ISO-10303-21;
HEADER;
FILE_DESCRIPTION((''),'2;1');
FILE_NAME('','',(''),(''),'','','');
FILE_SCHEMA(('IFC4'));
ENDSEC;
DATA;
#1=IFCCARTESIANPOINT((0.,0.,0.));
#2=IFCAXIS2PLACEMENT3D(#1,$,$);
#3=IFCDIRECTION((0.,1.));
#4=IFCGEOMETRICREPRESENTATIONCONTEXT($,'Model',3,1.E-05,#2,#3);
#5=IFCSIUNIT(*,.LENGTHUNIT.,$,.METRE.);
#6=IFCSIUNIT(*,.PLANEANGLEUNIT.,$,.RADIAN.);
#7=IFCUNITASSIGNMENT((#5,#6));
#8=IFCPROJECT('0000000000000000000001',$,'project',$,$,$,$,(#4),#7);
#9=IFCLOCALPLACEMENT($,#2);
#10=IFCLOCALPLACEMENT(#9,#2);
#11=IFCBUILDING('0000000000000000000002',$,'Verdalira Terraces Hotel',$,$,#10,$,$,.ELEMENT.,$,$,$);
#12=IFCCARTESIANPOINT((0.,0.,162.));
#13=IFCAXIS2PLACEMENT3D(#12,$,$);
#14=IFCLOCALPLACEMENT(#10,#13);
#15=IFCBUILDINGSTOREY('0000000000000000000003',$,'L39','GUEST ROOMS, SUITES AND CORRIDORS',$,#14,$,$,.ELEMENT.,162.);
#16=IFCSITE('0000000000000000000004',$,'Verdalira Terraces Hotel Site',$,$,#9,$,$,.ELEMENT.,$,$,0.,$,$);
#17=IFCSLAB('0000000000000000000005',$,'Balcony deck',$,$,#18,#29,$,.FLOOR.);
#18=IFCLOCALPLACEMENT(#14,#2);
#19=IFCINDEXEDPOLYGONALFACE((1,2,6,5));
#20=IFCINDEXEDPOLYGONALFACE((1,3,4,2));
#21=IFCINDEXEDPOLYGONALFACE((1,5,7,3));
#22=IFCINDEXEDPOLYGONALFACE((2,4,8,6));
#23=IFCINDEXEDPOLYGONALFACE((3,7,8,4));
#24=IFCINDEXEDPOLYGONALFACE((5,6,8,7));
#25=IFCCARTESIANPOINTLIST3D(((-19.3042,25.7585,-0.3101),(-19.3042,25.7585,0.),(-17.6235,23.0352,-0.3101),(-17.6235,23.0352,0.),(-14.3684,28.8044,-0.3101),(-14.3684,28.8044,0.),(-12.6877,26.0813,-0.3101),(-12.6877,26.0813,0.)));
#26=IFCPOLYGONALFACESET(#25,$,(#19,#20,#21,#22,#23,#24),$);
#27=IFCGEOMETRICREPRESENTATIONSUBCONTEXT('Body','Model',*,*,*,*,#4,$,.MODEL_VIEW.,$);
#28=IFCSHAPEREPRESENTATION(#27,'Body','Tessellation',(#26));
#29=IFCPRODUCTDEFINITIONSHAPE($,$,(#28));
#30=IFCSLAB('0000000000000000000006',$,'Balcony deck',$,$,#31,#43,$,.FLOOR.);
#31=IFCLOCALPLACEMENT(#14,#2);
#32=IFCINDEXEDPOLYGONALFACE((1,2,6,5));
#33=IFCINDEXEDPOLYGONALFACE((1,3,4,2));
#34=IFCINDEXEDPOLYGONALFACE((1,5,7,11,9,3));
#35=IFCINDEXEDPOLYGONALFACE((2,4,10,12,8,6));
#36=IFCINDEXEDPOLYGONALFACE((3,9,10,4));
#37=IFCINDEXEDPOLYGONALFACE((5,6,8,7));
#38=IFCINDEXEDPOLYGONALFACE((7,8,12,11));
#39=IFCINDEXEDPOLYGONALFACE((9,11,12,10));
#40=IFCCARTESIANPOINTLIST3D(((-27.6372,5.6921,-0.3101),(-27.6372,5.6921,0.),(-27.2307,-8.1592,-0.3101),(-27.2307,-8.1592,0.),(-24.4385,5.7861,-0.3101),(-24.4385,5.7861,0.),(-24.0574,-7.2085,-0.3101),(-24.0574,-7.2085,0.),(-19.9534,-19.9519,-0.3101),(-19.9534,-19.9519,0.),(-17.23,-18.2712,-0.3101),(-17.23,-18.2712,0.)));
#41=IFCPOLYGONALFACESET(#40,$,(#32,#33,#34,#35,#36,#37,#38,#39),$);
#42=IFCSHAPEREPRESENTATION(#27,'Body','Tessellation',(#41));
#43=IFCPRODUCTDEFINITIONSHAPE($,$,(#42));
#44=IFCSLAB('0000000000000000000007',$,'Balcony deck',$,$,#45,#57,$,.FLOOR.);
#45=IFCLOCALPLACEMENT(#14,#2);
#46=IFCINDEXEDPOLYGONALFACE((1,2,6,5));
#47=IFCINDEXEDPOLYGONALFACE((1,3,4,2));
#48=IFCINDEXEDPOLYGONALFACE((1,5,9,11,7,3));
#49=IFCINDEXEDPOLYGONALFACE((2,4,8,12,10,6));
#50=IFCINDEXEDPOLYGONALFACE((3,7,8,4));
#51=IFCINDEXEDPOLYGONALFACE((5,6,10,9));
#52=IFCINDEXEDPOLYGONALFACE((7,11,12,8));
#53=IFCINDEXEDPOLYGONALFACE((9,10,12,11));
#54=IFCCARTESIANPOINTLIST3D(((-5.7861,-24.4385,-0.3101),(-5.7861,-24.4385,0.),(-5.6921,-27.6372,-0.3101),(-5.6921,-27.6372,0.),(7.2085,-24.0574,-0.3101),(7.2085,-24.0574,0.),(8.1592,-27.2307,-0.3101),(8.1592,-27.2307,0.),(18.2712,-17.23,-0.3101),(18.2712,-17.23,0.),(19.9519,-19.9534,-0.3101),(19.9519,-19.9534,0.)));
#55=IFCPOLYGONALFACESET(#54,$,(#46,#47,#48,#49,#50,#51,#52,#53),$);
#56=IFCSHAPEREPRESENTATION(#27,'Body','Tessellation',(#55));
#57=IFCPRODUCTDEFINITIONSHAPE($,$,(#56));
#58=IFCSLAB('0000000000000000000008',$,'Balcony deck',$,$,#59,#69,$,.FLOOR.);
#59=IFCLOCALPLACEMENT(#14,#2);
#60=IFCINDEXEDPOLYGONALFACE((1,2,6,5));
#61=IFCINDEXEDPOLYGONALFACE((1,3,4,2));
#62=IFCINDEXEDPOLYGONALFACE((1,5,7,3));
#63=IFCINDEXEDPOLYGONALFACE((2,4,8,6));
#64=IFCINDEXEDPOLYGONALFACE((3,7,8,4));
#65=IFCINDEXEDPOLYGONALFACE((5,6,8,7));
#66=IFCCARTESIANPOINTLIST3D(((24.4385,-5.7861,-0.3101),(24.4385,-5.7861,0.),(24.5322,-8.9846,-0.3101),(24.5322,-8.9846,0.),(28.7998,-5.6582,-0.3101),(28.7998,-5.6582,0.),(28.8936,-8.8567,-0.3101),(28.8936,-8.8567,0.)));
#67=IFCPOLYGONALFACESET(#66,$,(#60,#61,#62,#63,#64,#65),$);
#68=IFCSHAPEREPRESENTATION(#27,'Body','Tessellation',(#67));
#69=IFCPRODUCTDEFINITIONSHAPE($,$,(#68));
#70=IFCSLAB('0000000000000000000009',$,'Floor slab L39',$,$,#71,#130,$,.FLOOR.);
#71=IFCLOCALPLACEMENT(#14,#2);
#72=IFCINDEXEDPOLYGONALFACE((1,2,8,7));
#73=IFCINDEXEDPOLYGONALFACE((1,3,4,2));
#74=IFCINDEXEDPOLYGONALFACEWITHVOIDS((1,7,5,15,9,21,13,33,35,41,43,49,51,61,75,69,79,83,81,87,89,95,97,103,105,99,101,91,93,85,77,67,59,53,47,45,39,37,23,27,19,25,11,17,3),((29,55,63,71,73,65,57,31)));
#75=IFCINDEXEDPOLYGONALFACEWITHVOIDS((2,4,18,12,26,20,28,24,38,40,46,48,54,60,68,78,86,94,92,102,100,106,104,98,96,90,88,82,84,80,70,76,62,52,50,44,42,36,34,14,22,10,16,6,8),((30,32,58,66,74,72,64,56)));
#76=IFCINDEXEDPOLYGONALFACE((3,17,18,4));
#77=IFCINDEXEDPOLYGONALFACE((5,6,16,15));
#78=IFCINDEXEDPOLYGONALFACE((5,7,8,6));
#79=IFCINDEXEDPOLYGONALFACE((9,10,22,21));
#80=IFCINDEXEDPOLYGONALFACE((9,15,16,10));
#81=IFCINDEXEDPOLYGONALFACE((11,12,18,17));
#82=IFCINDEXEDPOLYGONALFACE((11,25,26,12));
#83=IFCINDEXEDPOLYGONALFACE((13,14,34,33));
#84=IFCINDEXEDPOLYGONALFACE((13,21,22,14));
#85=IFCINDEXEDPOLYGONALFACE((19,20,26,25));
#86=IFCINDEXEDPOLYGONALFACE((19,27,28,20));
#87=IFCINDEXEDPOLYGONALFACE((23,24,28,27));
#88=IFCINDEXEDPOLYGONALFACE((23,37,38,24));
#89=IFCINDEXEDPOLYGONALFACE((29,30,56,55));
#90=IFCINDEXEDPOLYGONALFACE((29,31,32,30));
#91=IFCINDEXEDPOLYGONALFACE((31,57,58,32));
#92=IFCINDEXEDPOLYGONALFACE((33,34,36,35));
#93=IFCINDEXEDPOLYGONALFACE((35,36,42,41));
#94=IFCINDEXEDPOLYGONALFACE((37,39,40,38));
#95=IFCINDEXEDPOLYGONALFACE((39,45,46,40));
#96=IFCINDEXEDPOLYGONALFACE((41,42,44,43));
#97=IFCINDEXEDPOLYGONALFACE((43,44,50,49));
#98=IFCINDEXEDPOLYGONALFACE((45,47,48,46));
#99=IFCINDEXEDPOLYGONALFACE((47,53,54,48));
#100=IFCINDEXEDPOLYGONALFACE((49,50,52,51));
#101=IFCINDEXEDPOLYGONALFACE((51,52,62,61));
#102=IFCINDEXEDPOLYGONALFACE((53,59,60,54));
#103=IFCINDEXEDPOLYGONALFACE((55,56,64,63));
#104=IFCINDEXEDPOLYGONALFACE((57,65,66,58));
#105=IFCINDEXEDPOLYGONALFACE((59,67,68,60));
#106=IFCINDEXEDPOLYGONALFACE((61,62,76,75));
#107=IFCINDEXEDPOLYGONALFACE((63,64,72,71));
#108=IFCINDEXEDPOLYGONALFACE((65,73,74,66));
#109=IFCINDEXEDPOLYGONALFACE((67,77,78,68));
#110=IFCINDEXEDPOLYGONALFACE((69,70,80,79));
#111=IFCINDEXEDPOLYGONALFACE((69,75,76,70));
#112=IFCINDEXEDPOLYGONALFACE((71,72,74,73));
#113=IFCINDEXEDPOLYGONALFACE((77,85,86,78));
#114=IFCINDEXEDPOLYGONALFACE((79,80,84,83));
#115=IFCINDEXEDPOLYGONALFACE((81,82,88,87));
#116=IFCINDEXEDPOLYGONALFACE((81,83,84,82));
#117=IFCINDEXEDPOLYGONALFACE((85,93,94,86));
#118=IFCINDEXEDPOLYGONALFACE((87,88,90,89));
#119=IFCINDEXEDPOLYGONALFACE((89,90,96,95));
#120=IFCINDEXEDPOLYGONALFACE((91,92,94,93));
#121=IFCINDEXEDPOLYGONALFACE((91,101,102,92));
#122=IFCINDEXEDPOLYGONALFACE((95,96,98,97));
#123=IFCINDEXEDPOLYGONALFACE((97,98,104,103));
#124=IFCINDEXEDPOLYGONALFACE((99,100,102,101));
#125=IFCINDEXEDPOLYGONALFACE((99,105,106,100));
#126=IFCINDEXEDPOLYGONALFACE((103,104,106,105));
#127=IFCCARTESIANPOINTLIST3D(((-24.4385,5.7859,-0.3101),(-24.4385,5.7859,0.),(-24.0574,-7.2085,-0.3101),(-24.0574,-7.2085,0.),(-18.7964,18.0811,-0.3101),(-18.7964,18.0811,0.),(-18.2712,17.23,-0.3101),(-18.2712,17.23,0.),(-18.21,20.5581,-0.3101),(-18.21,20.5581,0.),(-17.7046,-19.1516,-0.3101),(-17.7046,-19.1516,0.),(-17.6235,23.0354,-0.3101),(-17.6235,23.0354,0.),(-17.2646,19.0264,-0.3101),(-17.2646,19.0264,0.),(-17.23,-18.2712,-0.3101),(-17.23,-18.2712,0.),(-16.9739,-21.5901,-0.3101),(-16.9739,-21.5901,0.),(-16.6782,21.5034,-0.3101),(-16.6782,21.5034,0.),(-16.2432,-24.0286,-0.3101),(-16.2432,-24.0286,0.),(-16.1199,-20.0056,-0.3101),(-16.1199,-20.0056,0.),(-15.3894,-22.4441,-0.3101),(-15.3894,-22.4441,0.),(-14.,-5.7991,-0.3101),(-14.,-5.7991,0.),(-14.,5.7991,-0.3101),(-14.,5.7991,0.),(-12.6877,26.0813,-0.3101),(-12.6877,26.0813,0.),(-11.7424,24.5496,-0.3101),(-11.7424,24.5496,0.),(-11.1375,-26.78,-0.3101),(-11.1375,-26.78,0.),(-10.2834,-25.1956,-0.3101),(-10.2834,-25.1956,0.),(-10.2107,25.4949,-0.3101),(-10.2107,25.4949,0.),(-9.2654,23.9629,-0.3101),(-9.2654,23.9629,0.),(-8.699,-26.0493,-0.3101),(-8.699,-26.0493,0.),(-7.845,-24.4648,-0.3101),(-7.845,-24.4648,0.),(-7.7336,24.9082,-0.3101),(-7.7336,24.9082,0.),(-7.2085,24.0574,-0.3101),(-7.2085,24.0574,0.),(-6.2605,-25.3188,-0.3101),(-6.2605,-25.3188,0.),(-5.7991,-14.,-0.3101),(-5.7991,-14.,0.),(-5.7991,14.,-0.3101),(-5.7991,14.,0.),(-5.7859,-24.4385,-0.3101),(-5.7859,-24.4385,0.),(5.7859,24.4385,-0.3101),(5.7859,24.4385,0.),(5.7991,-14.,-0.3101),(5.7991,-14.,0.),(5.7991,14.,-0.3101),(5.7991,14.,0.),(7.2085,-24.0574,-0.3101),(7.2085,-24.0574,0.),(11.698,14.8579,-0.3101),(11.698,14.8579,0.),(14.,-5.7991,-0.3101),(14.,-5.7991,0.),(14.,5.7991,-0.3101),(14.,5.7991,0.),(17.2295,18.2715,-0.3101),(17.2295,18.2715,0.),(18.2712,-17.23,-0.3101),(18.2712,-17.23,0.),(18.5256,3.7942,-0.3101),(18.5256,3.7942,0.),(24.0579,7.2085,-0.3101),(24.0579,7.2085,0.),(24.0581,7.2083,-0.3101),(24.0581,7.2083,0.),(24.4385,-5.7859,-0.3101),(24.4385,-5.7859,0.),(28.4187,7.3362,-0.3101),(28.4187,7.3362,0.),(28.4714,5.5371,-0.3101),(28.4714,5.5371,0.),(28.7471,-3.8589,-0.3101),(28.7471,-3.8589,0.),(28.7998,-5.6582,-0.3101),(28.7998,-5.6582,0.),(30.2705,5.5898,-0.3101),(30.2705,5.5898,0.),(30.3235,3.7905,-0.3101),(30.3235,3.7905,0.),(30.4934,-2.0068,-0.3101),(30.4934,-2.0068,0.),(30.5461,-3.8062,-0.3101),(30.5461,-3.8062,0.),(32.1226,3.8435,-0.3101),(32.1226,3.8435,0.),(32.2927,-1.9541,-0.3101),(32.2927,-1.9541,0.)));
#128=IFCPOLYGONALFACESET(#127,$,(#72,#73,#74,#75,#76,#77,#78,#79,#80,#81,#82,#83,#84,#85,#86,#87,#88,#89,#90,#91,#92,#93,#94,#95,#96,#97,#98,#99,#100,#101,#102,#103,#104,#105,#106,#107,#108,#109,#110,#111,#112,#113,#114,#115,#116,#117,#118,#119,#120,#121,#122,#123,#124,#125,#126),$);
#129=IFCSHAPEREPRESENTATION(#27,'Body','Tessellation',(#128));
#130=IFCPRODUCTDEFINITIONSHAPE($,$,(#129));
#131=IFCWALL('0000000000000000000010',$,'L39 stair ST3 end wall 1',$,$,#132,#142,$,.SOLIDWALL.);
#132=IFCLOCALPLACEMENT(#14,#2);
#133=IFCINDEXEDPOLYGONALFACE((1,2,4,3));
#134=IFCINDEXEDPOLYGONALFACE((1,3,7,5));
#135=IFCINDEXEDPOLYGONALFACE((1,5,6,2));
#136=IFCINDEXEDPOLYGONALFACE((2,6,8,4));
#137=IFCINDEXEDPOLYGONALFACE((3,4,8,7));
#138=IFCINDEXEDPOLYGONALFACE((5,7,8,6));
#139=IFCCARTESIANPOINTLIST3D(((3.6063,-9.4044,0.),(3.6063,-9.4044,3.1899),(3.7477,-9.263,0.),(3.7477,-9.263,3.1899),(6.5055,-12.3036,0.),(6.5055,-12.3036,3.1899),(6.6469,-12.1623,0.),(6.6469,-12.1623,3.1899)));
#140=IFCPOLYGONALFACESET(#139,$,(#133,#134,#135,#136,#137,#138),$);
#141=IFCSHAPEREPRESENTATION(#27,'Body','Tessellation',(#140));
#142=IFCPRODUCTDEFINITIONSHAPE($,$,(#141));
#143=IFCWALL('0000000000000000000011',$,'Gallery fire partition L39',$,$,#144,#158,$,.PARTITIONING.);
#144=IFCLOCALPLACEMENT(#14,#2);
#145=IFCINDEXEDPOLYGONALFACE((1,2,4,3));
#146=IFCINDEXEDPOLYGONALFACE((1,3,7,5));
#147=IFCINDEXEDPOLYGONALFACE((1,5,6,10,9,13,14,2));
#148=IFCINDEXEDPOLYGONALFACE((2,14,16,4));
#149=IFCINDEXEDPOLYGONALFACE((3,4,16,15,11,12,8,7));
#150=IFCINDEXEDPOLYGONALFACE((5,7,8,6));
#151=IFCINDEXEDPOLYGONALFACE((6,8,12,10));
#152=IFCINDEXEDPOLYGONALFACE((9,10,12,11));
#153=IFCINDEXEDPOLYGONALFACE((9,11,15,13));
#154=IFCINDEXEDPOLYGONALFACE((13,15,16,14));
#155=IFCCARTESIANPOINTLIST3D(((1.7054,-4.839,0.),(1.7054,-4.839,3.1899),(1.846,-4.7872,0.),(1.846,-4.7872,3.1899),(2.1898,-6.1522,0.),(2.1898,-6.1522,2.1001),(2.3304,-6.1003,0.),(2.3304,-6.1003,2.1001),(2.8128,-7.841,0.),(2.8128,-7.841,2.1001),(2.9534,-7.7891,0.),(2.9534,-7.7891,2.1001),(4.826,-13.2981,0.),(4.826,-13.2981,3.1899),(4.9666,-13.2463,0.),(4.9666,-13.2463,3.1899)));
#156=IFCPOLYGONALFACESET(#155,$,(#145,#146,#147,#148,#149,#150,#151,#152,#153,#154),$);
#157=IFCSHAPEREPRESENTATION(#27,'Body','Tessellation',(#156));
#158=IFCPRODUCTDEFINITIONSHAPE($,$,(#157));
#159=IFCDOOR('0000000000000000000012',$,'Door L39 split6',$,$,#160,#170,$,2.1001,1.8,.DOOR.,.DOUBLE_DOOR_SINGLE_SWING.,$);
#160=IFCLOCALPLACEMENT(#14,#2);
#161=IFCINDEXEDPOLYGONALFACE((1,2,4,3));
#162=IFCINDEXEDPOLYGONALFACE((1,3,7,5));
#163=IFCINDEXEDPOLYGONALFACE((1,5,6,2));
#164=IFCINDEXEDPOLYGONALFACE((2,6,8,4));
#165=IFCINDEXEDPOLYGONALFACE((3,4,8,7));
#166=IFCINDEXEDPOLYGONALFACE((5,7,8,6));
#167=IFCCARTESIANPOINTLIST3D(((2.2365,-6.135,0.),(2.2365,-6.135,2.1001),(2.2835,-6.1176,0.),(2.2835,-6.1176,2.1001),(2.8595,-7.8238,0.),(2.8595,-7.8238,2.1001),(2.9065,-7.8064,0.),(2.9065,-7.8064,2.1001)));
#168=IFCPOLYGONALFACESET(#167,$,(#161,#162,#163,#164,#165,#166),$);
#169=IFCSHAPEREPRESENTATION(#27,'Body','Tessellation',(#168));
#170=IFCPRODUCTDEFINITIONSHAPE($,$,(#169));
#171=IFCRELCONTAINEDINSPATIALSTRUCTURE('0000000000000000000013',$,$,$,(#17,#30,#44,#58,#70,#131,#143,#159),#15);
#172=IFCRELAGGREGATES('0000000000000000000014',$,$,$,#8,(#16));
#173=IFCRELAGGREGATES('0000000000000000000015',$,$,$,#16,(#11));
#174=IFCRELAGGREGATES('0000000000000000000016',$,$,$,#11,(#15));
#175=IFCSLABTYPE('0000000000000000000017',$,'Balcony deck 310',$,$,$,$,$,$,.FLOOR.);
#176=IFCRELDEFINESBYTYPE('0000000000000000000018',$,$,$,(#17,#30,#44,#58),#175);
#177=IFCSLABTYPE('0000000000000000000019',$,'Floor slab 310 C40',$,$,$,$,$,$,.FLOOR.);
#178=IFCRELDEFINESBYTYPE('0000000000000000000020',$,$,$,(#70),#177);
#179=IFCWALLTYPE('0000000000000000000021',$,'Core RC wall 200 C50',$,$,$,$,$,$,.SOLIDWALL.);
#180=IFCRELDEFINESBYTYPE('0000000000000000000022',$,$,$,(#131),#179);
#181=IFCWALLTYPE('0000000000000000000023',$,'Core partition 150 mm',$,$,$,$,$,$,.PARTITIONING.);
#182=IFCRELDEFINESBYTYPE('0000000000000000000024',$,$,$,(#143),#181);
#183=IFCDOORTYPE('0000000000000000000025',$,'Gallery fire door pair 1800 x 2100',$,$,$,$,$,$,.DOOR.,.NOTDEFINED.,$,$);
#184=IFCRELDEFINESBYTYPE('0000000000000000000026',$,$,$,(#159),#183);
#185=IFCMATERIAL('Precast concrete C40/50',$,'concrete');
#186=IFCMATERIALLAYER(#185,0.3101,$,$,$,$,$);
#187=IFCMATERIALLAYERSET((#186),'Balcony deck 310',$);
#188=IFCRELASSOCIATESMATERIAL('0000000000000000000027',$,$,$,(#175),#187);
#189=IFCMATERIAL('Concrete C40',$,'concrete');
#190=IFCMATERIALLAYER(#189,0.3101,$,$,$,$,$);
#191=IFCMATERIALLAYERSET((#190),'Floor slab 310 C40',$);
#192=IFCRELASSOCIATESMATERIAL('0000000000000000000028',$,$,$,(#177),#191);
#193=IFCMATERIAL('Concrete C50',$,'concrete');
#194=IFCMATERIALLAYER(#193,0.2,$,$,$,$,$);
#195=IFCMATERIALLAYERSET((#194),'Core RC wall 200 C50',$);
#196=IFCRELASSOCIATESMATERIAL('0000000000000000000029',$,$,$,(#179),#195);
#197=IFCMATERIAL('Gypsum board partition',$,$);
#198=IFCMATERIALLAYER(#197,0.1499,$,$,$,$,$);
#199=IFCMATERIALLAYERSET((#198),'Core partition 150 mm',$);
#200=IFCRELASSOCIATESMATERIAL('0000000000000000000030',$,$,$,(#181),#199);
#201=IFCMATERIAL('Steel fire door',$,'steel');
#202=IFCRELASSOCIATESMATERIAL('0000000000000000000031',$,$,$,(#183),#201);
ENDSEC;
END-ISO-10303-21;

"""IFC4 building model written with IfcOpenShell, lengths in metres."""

from ifc_helpers import new_model, si_unit, direction, frame, frame_2d, origin, place, context, subcontext, project, spatial, polyline, rectangle, outline, extrude, material, layer, layer_set, type_object, element, fill, save


model = new_model("IFC4")

# Units and contexts
model_context = context("Model", 3, precision=1e-05, world=origin(), true_north=direction((0.0, 1.0)))
body_context = subcontext(model_context, "Body", "Model", "MODEL_VIEW")
ifc_project = project(units=[si_unit("LENGTHUNIT", "METRE"), si_unit("PLANEANGLEUNIT", "RADIAN")], contexts=[model_context])

# Site, building, storey
site_placement = place(None, origin())
site = spatial("IfcSite", under=ifc_project, at=site_placement, Name="Verdalira Terraces Hotel Site", CompositionType="ELEMENT", RefElevation=0.0)
building_placement = place(site_placement, origin())
building = spatial("IfcBuilding", under=site, at=building_placement, Name="Verdalira Terraces Hotel", CompositionType="ELEMENT")
storey_placement = place(building_placement, frame((0.0, 0.0, 162.0)))
storey = spatial("IfcBuildingStorey", under=building, at=storey_placement, Name="L39", Description="GUEST ROOMS, SUITES AND CORRIDORS", CompositionType="ELEMENT", Elevation=162.0)

# Slabs
ifc_material_1 = material(Name="Precast concrete C40/50", Category="concrete")
ifc_layer_1 = layer(ifc_material_1, 0.3101)
ifc_layer_set_1 = layer_set([ifc_layer_1], Name="Balcony deck 310")
slab_type_1 = type_object("IfcSlabType", Name="Balcony deck 310", PredefinedType="FLOOR", material=ifc_layer_set_1)
slab_1_placement = place(storey_placement, frame((0.0, 0.0, -0.3101)))
element("IfcSlab", 1, at=slab_1_placement, inside=storey, type_object=slab_type_1, Name="Balcony deck", PredefinedType="FLOOR", context=body_context, shape_type="SweptSolid", body=[
    extrude(outline(polyline([(-19.3042, 25.7585), (-17.6235, 23.0352), (-12.6877, 26.0813), (-14.3684, 28.8044), (-19.3042, 25.7585)])), origin(), (0.0, 0.0, 1.0), 0.3101),
])
slab_2_placement = place(storey_placement, frame((0.0, 0.0, -0.3101)))
element("IfcSlab", 2, at=slab_2_placement, inside=storey, type_object=slab_type_1, Name="Balcony deck", PredefinedType="FLOOR", context=body_context, shape_type="SweptSolid", body=[
    extrude(outline(polyline([(-27.2307, -8.1592), (-19.9534, -19.9519), (-17.23, -18.2712), (-24.0574, -7.2085), (-24.4385, 5.7861), (-27.6372, 5.6921), (-27.2307, -8.1592)])), origin(), (0.0, 0.0, 1.0), 0.3101),
])
slab_3_placement = place(storey_placement, frame((0.0, 0.0, -0.3101)))
element("IfcSlab", 3, at=slab_3_placement, inside=storey, type_object=slab_type_1, Name="Balcony deck", PredefinedType="FLOOR", context=body_context, shape_type="SweptSolid", body=[
    extrude(outline(polyline([(19.9519, -19.9534), (18.2712, -17.23), (7.2085, -24.0574), (-5.7861, -24.4385), (-5.6921, -27.6372), (8.1592, -27.2307), (19.9519, -19.9534)])), origin(), (0.0, 0.0, 1.0), 0.3101),
])
slab_4_placement = place(storey_placement, frame((0.0, 0.0, -0.3101)))
element("IfcSlab", 4, at=slab_4_placement, inside=storey, type_object=slab_type_1, Name="Balcony deck", PredefinedType="FLOOR", context=body_context, shape_type="SweptSolid", body=[
    extrude(outline(polyline([(28.8936, -8.8567), (28.7998, -5.6582), (24.4385, -5.7861), (24.5322, -8.9846), (28.8936, -8.8567)])), origin(), (0.0, 0.0, 1.0), 0.3101),
])
ifc_material_2 = material(Name="Concrete C40", Category="concrete")
ifc_layer_2 = layer(ifc_material_2, 0.3101)
ifc_layer_set_2 = layer_set([ifc_layer_2], Name="Floor slab 310 C40")
slab_type_2 = type_object("IfcSlabType", Name="Floor slab 310 C40", PredefinedType="FLOOR", material=ifc_layer_set_2)
slab_5_placement = place(storey_placement, frame((0.0, 0.0, -0.3101)))
element("IfcSlab", 5, at=slab_5_placement, inside=storey, type_object=slab_type_2, Name="Floor slab L39", PredefinedType="FLOOR", context=body_context, shape_type="SweptSolid", body=[
    extrude(outline(polyline([(28.4714, 5.5371), (28.4187, 7.3362), (24.0579, 7.2085), (24.0581, 7.2083), (18.5256, 3.7942), (11.698, 14.8579), (17.2295, 18.2715), (5.7859, 24.4385), (-7.2085, 24.0574), (-7.7336, 24.9082), (-9.2654, 23.9629), (-10.2107, 25.4949), (-11.7424, 24.5496), (-12.6877, 26.0813), (-17.6235, 23.0354), (-16.6782, 21.5034), (-18.21, 20.5581), (-17.2646, 19.0264), (-18.7964, 18.0811), (-18.2712, 17.23), (-24.4385, 5.7859), (-24.0574, -7.2085), (-17.23, -18.2712), (-17.7046, -19.1516), (-16.1199, -20.0056), (-16.9739, -21.5901), (-15.3894, -22.4441), (-16.2432, -24.0286), (-11.1375, -26.78), (-10.2834, -25.1956), (-8.699, -26.0493), (-7.845, -24.4648), (-6.2605, -25.3188), (-5.7859, -24.4385), (7.2085, -24.0574), (18.2712, -17.23), (24.4385, -5.7859), (28.7998, -5.6582), (28.7471, -3.8589), (30.5461, -3.8062), (30.4934, -2.0068), (32.2927, -1.9541), (32.1226, 3.8435), (30.3235, 3.7905), (30.2705, 5.5898), (28.4714, 5.5371)]), holes=[polyline([(5.7991, 14.0), (14.0, 5.7991), (14.0, -5.7991), (5.7991, -14.0), (-5.7991, -14.0), (-14.0, -5.7991), (-14.0, 5.7991), (-5.7991, 14.0), (5.7991, 14.0)])]), origin(), (0.0, 0.0, 1.0), 0.3101),
])

# Wall
ifc_material_3 = material(Name="Concrete C50", Category="concrete")
ifc_layer_3 = layer(ifc_material_3, 0.2)
ifc_layer_set_3 = layer_set([ifc_layer_3], Name="Core RC wall 200 C50")
wall_type_1 = type_object("IfcWallType", Name="Core RC wall 200 C50", PredefinedType="SOLIDWALL", material=ifc_layer_set_3)
wall_1_placement = place(storey_placement, frame((3.677, -9.3337, 0.0), z_axis=(0.0, 0.0, 1.0), x_axis=(0.707107, -0.707107, 0.0)))
element("IfcWall", 6, at=wall_1_placement, inside=storey, type_object=wall_type_1, Name="L39 stair ST3 end wall 1", PredefinedType="SOLIDWALL", context=body_context, shape_type="SweptSolid", body=[
    extrude(rectangle(XDim=4.1001, YDim=0.2, at=frame_2d((2.05, 0.0))), origin(), (0.0, 0.0, 1.0), 3.1899),
])

# Wall, opening, door
ifc_material_4 = material(Name="Gypsum board partition")
ifc_layer_4 = layer(ifc_material_4, 0.1499)
ifc_layer_set_4 = layer_set([ifc_layer_4], Name="Core partition 150 mm")
wall_type_2 = type_object("IfcWallType", Name="Core partition 150 mm", PredefinedType="PARTITIONING", material=ifc_layer_set_4)
wall_2_placement = place(storey_placement, frame((1.7756, -4.813, 0.0), z_axis=(0.0, 0.0, 1.0), x_axis=(0.346109, -0.938194, 0.0)))
wall_2 = element("IfcWall", 7, at=wall_2_placement, inside=storey, type_object=wall_type_2, Name="Gallery fire partition L39", PredefinedType="PARTITIONING", context=body_context, shape_type="SweptSolid", body=[
    extrude(rectangle(XDim=9.0164, YDim=0.1499, at=frame_2d((4.5083, 0.0))), origin(), (0.0, 0.0, 1.0), 3.1899),
])
opening_1_placement = place(wall_2_placement, frame((1.3999, 0.0, 0.0)))
opening_1 = element("IfcOpeningElement", 8, at=opening_1_placement, cuts=wall_2, PredefinedType="OPENING", context=body_context, shape_type="SweptSolid", body=[
    extrude(rectangle(XDim=1.8, YDim=2.1001, at=frame_2d((0.8999, 1.05))), frame((0.0, 0.085, 0.0), z_axis=(0.0, -1.0, 0.0), x_axis=(1.0, 0.0, 0.0)), (0.0, 0.0, 1.0), 0.1699),
])
ifc_material_5 = material(Name="Steel fire door", Category="steel")
door_type_1 = type_object("IfcDoorType", Name="Gallery fire door pair 1800 x 2100", OperationType="NOTDEFINED", PredefinedType="DOOR", material=ifc_material_5)
door_1_placement = place(opening_1_placement, origin())
door_1 = element("IfcDoor", 9, at=door_1_placement, inside=storey, type_object=door_type_1, Name="Door L39 split6", OperationType="DOUBLE_DOOR_SINGLE_SWING", OverallHeight=2.1001, OverallWidth=1.8, PredefinedType="DOOR", context=body_context, shape_type="SweptSolid", body=[
    extrude(rectangle(XDim=1.8, YDim=2.1001, at=frame_2d((0.8999, 1.05))), frame((0.0, 0.0249, 0.0), z_axis=(0.0, -1.0, 0.0), x_axis=(1.0, 0.0, 0.0)), (0.0, 0.0, 1.0), 0.05),
])
fill(opening_1, door_1)

save(model, "model.ifc")
